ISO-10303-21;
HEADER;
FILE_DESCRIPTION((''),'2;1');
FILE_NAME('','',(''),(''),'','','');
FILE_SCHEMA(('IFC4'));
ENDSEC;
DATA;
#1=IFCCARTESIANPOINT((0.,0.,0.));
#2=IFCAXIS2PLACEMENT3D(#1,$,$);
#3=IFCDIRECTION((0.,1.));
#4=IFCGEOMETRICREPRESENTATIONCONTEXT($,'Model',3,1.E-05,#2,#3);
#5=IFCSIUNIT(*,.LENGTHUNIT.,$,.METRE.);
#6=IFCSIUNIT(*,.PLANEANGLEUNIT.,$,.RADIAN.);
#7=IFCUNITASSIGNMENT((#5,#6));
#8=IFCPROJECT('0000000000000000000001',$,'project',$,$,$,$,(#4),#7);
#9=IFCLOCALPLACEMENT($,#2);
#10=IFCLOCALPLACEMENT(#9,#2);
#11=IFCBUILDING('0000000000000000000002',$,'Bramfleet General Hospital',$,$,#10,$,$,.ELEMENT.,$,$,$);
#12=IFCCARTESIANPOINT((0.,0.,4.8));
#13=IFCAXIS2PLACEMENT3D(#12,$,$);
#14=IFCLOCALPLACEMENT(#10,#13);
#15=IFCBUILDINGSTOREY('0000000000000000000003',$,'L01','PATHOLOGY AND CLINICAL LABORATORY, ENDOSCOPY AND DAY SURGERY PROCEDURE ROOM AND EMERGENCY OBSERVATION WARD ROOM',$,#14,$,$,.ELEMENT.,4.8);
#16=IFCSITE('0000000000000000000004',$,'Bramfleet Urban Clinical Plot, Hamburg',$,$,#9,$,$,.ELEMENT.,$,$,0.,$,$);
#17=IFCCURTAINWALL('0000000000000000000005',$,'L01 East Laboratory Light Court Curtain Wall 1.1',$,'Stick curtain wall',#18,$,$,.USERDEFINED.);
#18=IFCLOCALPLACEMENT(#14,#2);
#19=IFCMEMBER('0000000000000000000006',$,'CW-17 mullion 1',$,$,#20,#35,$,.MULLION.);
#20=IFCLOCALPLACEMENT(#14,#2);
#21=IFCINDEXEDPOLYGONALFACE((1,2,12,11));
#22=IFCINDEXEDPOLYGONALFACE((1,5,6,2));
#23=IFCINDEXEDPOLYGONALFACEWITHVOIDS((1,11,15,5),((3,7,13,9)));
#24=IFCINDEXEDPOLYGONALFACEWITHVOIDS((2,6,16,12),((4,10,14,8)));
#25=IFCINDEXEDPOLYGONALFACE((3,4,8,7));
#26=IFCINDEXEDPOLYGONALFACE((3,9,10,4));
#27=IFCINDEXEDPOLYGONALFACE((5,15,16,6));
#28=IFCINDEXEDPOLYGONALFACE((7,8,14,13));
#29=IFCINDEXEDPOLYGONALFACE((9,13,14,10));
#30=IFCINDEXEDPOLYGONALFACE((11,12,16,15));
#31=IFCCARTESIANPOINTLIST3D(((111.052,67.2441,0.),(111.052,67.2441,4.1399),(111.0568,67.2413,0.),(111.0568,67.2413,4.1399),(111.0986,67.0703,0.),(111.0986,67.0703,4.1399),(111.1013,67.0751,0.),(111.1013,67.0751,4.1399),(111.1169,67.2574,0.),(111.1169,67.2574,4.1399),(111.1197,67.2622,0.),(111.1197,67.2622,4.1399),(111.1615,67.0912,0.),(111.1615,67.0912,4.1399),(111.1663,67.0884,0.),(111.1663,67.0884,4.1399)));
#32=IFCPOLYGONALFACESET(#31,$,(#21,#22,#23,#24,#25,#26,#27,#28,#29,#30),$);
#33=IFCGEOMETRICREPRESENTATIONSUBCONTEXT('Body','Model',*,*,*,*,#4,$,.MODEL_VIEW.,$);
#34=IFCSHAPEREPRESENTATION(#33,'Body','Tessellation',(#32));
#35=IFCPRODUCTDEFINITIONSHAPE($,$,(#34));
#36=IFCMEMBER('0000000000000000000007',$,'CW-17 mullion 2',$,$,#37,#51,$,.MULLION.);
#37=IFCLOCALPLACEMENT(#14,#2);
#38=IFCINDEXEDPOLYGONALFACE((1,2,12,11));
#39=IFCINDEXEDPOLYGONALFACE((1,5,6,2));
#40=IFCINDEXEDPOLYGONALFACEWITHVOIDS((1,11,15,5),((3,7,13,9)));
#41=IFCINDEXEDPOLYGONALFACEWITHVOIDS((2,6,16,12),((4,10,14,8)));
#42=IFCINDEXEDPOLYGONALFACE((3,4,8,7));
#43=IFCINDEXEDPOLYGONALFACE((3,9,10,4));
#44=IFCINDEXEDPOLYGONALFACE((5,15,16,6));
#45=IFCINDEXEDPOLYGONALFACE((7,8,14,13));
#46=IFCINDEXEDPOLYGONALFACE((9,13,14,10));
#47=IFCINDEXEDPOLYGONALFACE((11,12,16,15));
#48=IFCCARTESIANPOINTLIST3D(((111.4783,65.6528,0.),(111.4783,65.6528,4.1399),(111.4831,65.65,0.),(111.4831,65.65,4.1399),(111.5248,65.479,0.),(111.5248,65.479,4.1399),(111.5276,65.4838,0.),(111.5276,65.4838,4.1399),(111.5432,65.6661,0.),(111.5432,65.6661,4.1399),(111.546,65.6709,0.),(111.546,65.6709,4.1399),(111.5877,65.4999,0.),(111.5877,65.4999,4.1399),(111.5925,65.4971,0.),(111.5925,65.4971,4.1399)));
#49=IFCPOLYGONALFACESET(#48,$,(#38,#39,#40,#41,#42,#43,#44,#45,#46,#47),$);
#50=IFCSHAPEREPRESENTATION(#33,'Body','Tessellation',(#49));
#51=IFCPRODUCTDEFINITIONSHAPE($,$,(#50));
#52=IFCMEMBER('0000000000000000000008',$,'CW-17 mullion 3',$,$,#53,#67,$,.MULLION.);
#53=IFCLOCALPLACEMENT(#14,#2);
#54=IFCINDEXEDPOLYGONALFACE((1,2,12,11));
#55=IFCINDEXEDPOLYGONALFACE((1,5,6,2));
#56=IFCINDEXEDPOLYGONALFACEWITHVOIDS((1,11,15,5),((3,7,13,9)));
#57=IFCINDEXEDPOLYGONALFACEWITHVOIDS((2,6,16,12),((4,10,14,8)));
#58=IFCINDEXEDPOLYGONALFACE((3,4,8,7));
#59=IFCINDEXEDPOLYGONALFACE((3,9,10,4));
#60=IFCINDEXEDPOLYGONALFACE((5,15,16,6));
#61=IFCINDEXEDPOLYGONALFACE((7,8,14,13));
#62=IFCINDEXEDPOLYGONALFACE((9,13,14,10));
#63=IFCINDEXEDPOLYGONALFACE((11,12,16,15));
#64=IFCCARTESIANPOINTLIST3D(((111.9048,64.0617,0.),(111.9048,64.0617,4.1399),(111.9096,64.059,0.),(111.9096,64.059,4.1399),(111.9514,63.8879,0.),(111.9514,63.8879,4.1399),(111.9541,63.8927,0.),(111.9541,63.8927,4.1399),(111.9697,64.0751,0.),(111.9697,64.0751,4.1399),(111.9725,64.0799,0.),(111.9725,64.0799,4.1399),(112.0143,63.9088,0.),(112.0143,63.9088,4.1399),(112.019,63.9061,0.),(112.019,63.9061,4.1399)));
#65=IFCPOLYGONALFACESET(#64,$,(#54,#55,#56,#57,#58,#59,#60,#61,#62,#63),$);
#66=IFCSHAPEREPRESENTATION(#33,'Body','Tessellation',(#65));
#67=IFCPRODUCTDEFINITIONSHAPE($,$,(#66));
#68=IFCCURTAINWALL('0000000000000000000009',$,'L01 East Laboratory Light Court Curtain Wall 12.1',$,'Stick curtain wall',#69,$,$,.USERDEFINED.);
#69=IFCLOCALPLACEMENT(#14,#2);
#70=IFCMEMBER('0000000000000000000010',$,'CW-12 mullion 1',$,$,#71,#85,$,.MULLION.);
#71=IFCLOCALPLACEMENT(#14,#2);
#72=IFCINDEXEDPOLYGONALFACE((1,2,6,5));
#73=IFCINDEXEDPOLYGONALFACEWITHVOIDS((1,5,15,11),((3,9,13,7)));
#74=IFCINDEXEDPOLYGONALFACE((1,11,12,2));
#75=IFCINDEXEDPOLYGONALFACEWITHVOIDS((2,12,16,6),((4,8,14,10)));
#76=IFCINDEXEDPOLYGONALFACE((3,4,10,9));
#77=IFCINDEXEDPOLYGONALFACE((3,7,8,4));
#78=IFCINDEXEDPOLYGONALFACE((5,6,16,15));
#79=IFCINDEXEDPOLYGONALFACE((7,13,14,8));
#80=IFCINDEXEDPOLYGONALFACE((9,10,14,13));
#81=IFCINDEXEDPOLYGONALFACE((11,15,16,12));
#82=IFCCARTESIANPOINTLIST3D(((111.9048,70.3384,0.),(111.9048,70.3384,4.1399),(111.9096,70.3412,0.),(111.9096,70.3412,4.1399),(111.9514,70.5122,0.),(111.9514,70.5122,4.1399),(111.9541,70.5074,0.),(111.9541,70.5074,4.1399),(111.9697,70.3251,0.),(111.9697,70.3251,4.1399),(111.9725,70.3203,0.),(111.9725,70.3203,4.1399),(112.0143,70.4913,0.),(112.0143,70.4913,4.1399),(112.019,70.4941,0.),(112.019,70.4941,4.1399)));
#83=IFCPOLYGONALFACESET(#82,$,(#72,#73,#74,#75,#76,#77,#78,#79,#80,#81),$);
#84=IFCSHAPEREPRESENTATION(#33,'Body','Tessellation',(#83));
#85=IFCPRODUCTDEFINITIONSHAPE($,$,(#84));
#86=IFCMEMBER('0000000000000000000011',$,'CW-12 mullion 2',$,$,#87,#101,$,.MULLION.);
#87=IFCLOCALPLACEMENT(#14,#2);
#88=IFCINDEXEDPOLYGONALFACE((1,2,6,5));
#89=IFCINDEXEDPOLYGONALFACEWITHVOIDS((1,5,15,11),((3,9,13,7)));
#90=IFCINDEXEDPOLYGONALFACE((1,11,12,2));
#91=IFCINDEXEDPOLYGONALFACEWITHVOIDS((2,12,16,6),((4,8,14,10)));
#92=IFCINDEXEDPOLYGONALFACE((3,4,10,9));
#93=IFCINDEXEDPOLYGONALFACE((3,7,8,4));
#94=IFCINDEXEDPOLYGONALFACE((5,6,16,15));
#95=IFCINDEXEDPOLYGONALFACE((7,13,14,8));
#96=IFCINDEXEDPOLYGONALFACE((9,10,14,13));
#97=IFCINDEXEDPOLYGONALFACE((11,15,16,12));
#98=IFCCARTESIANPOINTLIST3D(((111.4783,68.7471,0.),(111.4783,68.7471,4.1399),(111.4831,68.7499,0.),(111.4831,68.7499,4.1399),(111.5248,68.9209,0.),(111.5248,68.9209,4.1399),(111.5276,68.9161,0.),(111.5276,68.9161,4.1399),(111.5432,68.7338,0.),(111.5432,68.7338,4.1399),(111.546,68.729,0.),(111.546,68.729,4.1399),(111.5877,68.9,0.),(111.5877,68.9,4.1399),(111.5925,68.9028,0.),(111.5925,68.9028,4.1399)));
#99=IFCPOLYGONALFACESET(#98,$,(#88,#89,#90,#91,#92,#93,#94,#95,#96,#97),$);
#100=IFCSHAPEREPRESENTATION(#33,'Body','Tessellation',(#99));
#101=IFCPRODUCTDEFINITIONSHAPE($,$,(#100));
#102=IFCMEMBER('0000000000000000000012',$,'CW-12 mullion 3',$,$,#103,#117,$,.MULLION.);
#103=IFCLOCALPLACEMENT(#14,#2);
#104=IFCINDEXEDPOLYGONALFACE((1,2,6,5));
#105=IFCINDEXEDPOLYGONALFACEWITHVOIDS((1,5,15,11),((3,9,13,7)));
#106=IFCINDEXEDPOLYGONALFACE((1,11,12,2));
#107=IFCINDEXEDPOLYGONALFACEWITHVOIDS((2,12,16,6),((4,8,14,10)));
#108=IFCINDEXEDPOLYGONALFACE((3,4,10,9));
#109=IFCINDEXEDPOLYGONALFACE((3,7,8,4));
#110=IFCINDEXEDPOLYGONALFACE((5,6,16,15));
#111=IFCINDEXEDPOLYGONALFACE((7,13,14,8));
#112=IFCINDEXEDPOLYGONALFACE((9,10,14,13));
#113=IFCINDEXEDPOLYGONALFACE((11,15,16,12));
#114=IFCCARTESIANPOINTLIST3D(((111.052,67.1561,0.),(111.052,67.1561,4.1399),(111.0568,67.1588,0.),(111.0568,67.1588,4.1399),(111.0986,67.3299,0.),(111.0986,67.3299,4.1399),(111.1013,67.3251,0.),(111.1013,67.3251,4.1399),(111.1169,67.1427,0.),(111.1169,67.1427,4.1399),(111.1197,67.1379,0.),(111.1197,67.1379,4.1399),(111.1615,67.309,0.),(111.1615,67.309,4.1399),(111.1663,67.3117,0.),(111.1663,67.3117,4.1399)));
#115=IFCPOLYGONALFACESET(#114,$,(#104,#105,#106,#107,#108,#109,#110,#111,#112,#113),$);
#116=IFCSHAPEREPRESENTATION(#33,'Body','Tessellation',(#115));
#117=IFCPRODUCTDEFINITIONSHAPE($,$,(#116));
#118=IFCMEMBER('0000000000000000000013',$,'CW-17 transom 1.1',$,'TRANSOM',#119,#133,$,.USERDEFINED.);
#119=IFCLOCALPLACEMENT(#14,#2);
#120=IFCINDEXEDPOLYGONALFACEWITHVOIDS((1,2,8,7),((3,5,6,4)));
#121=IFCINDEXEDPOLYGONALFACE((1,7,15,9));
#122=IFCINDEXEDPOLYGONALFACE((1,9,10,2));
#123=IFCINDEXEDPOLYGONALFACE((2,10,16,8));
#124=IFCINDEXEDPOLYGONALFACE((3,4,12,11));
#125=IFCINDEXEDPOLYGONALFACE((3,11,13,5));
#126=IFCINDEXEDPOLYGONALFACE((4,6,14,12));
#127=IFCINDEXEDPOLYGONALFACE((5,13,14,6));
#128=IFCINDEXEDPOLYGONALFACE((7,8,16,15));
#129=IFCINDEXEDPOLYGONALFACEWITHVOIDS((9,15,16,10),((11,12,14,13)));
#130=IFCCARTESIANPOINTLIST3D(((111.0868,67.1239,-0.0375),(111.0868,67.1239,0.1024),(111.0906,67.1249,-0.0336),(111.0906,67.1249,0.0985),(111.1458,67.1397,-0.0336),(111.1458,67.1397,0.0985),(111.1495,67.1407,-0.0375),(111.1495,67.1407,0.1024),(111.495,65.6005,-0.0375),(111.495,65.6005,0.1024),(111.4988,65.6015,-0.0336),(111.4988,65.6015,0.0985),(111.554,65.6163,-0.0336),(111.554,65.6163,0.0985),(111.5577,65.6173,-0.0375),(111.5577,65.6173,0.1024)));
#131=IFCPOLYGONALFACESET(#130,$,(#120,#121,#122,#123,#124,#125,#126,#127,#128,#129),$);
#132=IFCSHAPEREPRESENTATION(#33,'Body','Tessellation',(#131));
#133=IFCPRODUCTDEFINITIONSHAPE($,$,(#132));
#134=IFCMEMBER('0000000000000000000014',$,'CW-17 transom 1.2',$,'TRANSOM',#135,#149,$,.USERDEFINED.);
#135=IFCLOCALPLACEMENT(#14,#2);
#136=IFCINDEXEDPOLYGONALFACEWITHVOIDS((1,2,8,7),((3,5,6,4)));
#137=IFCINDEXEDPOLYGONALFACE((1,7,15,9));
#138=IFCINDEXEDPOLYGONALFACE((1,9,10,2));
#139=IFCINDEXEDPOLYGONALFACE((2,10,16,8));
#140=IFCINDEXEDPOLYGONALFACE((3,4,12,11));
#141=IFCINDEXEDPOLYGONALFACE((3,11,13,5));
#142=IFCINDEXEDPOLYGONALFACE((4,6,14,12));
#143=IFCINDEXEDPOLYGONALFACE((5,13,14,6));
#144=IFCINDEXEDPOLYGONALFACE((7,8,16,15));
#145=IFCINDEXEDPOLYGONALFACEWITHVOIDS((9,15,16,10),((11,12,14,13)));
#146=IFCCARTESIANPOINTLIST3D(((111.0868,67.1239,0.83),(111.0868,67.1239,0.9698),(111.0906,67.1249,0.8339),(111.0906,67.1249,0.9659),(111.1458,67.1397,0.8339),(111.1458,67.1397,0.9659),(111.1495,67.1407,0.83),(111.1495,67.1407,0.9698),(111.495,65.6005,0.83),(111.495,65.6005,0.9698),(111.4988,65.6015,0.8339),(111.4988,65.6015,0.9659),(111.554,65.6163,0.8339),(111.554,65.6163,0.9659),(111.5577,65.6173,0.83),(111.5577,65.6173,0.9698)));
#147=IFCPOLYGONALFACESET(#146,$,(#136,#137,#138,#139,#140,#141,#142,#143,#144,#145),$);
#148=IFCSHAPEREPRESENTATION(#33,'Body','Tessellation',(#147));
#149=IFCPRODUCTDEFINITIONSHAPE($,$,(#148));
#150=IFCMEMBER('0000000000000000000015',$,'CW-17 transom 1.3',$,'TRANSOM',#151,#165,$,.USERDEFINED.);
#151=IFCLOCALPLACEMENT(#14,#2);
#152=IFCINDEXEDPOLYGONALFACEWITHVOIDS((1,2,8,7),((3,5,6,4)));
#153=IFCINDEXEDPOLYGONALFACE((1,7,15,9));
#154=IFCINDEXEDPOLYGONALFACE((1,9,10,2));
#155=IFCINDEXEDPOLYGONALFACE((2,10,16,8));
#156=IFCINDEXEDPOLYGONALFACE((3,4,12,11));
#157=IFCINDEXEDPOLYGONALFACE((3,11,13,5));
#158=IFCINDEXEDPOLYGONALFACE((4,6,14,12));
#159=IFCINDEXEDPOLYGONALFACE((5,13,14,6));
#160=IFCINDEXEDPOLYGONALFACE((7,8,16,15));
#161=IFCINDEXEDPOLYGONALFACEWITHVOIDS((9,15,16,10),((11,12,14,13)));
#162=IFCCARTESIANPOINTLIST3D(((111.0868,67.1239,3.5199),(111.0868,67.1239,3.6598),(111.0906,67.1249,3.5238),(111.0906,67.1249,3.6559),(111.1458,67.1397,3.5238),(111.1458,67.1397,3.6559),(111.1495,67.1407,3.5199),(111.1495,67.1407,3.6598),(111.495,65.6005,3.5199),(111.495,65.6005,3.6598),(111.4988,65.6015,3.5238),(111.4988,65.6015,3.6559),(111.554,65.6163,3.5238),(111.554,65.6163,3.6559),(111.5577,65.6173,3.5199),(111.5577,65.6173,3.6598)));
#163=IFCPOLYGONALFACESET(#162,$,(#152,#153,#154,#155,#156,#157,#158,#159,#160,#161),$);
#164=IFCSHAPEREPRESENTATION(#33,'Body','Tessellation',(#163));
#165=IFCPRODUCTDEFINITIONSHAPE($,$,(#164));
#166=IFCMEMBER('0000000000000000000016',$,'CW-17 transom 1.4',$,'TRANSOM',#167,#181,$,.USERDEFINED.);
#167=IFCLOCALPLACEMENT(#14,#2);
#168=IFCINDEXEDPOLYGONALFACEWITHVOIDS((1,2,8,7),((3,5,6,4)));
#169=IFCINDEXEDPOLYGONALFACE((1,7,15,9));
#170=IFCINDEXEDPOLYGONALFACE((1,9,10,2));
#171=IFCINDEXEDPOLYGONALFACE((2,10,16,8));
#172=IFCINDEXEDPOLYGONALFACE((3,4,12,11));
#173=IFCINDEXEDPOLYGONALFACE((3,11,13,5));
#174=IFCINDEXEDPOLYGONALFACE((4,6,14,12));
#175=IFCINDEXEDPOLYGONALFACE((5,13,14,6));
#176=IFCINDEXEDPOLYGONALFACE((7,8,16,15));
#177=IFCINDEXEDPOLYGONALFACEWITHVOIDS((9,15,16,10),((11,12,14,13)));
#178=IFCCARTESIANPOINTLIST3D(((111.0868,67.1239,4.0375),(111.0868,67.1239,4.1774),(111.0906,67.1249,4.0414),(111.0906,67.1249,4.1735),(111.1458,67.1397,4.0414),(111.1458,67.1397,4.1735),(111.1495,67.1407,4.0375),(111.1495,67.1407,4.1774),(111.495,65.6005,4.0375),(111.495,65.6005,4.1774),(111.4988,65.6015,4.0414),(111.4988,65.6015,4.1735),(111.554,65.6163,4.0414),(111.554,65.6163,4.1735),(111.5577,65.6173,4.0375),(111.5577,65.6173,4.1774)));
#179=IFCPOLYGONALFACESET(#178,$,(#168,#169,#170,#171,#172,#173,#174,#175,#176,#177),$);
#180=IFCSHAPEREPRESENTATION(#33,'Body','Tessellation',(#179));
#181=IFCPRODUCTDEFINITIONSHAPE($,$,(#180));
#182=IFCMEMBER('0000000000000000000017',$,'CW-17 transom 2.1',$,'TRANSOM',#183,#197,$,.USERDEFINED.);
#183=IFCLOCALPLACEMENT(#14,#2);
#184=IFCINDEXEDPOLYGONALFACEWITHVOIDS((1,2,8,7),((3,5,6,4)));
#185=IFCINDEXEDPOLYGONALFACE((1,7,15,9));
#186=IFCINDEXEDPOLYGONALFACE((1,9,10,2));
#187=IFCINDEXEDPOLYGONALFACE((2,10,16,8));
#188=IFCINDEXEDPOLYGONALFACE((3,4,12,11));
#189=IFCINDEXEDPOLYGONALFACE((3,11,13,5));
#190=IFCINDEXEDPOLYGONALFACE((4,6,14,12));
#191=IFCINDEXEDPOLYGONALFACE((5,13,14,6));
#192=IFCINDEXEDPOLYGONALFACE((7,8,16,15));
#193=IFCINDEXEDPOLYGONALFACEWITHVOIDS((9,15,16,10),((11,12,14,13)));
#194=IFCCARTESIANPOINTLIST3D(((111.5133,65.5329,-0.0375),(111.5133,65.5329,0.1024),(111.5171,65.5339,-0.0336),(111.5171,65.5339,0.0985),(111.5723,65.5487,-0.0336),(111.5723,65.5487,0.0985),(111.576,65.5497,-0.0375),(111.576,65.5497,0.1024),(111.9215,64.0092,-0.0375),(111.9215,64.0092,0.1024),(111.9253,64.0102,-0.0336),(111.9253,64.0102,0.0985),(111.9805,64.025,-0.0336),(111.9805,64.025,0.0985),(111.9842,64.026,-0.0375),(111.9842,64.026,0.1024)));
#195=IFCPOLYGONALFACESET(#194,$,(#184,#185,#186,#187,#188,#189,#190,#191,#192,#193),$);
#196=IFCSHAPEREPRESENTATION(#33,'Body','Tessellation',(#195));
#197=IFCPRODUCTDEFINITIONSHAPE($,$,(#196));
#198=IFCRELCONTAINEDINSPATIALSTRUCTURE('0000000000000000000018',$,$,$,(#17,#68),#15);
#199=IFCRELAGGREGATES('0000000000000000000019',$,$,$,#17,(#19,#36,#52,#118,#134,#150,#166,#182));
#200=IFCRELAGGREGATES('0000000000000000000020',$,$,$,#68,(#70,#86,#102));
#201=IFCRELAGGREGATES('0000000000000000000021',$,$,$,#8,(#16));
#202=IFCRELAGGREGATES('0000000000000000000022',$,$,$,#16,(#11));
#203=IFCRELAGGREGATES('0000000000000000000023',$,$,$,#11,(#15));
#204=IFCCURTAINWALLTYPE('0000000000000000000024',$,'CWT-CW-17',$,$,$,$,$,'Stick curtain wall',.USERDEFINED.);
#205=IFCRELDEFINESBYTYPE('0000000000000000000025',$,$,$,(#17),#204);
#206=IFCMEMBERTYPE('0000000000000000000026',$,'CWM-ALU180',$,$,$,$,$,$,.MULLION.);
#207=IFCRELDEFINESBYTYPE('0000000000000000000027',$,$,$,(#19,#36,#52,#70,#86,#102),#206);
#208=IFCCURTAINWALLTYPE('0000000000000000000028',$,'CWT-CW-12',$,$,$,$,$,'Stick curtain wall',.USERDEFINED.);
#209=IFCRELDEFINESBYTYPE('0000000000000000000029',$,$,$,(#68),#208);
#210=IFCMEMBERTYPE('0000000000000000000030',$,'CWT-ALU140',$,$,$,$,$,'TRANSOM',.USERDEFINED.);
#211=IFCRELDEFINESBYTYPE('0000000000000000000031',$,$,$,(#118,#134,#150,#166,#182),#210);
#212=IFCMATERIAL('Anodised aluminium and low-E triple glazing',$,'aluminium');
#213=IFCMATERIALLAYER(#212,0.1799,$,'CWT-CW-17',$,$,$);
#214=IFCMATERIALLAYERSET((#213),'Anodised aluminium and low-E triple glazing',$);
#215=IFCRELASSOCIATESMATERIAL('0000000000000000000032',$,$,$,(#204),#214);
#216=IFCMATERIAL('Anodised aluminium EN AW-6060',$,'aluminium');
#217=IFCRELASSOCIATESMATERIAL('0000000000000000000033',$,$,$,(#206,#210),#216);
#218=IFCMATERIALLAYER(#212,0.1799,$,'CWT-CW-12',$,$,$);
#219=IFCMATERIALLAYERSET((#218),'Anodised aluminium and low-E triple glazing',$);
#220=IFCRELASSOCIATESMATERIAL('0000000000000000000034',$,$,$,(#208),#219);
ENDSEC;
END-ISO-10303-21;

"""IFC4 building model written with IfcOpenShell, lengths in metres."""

from ifc_helpers import new_model, si_unit, direction, frame, origin, origin_2d, place, context, subcontext, project, spatial, hollow_rectangle, extrude, material, layer, layer_set, material_profile, profile_set, type_object, element, aggregate, save


model = new_model("IFC4")

# Units and contexts
model_context = context("Model", 3, precision=1e-05, world=origin(), true_north=direction((0.0, 1.0)))
body_context = subcontext(model_context, "Body", "Model", "MODEL_VIEW")
ifc_project = project(units=[si_unit("LENGTHUNIT", "METRE"), si_unit("PLANEANGLEUNIT", "RADIAN")], contexts=[model_context])

# Site, building, storey
site_placement = place(None, origin())
site = spatial("IfcSite", under=ifc_project, at=site_placement, Name="Bramfleet Urban Clinical Plot, Hamburg", CompositionType="ELEMENT", RefElevation=0.0)
building_placement = place(site_placement, origin())
building = spatial("IfcBuilding", under=site, at=building_placement, Name="Bramfleet General Hospital", CompositionType="ELEMENT")
storey_placement = place(building_placement, frame((0.0, 0.0, 4.8)))
storey = spatial("IfcBuildingStorey", under=building, at=storey_placement, Name="L01", Description="PATHOLOGY AND CLINICAL LABORATORY, ENDOSCOPY AND DAY SURGERY PROCEDURE ROOM AND EMERGENCY OBSERVATION WARD ROOM", CompositionType="ELEMENT", Elevation=4.8)

# Curtain walls, members
ifc_material_1 = material(Name="Anodised aluminium and low-E triple glazing", Category="aluminium")
ifc_layer_1 = layer(ifc_material_1, 0.1799, Name="CWT-CW-17")
ifc_layer_set_1 = layer_set([ifc_layer_1], Name="Anodised aluminium and low-E triple glazing")
curtain_wall_type_1 = type_object("IfcCurtainWallType", Name="CWT-CW-17", ElementType="Stick curtain wall", PredefinedType="USERDEFINED", material=ifc_layer_set_1)
curtain_wall_1_placement = place(storey_placement, origin())
curtain_wall_1 = element("IfcCurtainWall", 1, at=curtain_wall_1_placement, inside=storey, type_object=curtain_wall_type_1, Name="L01 East Laboratory Light Court Curtain Wall 1.1", ObjectType="Stick curtain wall", PredefinedType="USERDEFINED")
ifc_material_2 = material(Name="Anodised aluminium EN AW-6060", Category="aluminium")
ifc_material_profile_1 = material_profile(ifc_material_2, hollow_rectangle(XDim=0.0701, YDim=0.1799, WallThickness=0.0039, at=origin_2d()), Name="ALU 180x70x4.0")
ifc_profile_set_1 = profile_set([ifc_material_profile_1], Name="Anodised aluminium EN AW-6060")
member_type_1 = type_object("IfcMemberType", Name="CWM-ALU180", PredefinedType="MULLION", material=ifc_profile_set_1)
member_1_placement = place(storey_placement, frame((111.1091, 67.1663, 0.0), z_axis=(0.0, 0.0, 1.0), x_axis=(0.965914, 0.258865, 0.0)))
member_1 = element("IfcMember", 2, at=member_1_placement, type_object=member_type_1, Name="CW-17 mullion 1", PredefinedType="MULLION", context=body_context, shape_type="SweptSolid", body=[
    extrude(hollow_rectangle(XDim=0.0701, YDim=0.1799, WallThickness=0.0039, at=origin_2d()), origin(), (0.0, 0.0, 1.0), 4.1399),
])
member_2_placement = place(storey_placement, frame((111.5354, 65.575, 0.0), z_axis=(0.0, 0.0, 1.0), x_axis=(0.965914, 0.258865, 0.0)))
member_2 = element("IfcMember", 3, at=member_2_placement, type_object=member_type_1, Name="CW-17 mullion 2", PredefinedType="MULLION", context=body_context, shape_type="SweptSolid", body=[
    extrude(hollow_rectangle(XDim=0.0701, YDim=0.1799, WallThickness=0.0039, at=origin_2d()), origin(), (0.0, 0.0, 1.0), 4.1399),
])
member_3_placement = place(storey_placement, frame((111.9619, 63.9839, 0.0), z_axis=(0.0, 0.0, 1.0), x_axis=(0.965914, 0.258865, 0.0)))
member_3 = element("IfcMember", 4, at=member_3_placement, type_object=member_type_1, Name="CW-17 mullion 3", PredefinedType="MULLION", context=body_context, shape_type="SweptSolid", body=[
    extrude(hollow_rectangle(XDim=0.0701, YDim=0.1799, WallThickness=0.0039, at=origin_2d()), origin(), (0.0, 0.0, 1.0), 4.1399),
])
ifc_layer_2 = layer(ifc_material_1, 0.1799, Name="CWT-CW-12")
ifc_layer_set_2 = layer_set([ifc_layer_2], Name="Anodised aluminium and low-E triple glazing")
curtain_wall_type_2 = type_object("IfcCurtainWallType", Name="CWT-CW-12", ElementType="Stick curtain wall", PredefinedType="USERDEFINED", material=ifc_layer_set_2)
curtain_wall_2_placement = place(storey_placement, origin())
curtain_wall_2 = element("IfcCurtainWall", 5, at=curtain_wall_2_placement, inside=storey, type_object=curtain_wall_type_2, Name="L01 East Laboratory Light Court Curtain Wall 12.1", ObjectType="Stick curtain wall", PredefinedType="USERDEFINED")
member_4_placement = place(storey_placement, frame((111.9619, 70.4163, 0.0), z_axis=(0.0, 0.0, 1.0), x_axis=(0.965914, -0.258865, 0.0)))
member_4 = element("IfcMember", 6, at=member_4_placement, type_object=member_type_1, Name="CW-12 mullion 1", PredefinedType="MULLION", context=body_context, shape_type="SweptSolid", body=[
    extrude(hollow_rectangle(XDim=0.0701, YDim=0.1799, WallThickness=0.0039, at=origin_2d()), origin(), (0.0, 0.0, 1.0), 4.1399),
])
member_5_placement = place(storey_placement, frame((111.5354, 68.825, 0.0), z_axis=(0.0, 0.0, 1.0), x_axis=(0.965914, -0.258865, 0.0)))
member_5 = element("IfcMember", 7, at=member_5_placement, type_object=member_type_1, Name="CW-12 mullion 2", PredefinedType="MULLION", context=body_context, shape_type="SweptSolid", body=[
    extrude(hollow_rectangle(XDim=0.0701, YDim=0.1799, WallThickness=0.0039, at=origin_2d()), origin(), (0.0, 0.0, 1.0), 4.1399),
])
member_6_placement = place(storey_placement, frame((111.1091, 67.2339, 0.0), z_axis=(0.0, 0.0, 1.0), x_axis=(0.965914, -0.258865, 0.0)))
member_6 = element("IfcMember", 8, at=member_6_placement, type_object=member_type_1, Name="CW-12 mullion 3", PredefinedType="MULLION", context=body_context, shape_type="SweptSolid", body=[
    extrude(hollow_rectangle(XDim=0.0701, YDim=0.1799, WallThickness=0.0039, at=origin_2d()), origin(), (0.0, 0.0, 1.0), 4.1399),
])

# Members
ifc_material_profile_2 = material_profile(ifc_material_2, hollow_rectangle(XDim=0.0649, YDim=0.1399, WallThickness=0.0039, at=origin_2d()), Name="ALU 140x65x4.0")
ifc_profile_set_2 = profile_set([ifc_material_profile_2], Name="Anodised aluminium EN AW-6060")
member_type_2 = type_object("IfcMemberType", Name="CWT-ALU140", ElementType="TRANSOM", PredefinedType="USERDEFINED", material=ifc_profile_set_2)
member_7_placement = place(storey_placement, frame((111.1182, 67.1323, 0.0325), z_axis=(0.258819, -0.965926, 0.0), x_axis=(0.965926, 0.258819, 0.0)))
member_7 = element("IfcMember", 9, at=member_7_placement, type_object=member_type_2, Name="CW-17 transom 1.1", ObjectType="TRANSOM", PredefinedType="USERDEFINED", context=body_context, shape_type="SweptSolid", body=[
    extrude(hollow_rectangle(XDim=0.0649, YDim=0.1399, WallThickness=0.0039, at=origin_2d()), origin(), (0.0, 0.0, 1.0), 1.5771),
])
member_8_placement = place(storey_placement, frame((111.1182, 67.1323, 0.8999), z_axis=(0.258819, -0.965926, 0.0), x_axis=(0.965926, 0.258819, 0.0)))
member_8 = element("IfcMember", 10, at=member_8_placement, type_object=member_type_2, Name="CW-17 transom 1.2", ObjectType="TRANSOM", PredefinedType="USERDEFINED", context=body_context, shape_type="SweptSolid", body=[
    extrude(hollow_rectangle(XDim=0.0649, YDim=0.1399, WallThickness=0.0039, at=origin_2d()), origin(), (0.0, 0.0, 1.0), 1.5771),
])
member_9_placement = place(storey_placement, frame((111.1182, 67.1323, 3.5898), z_axis=(0.258819, -0.965926, 0.0), x_axis=(0.965926, 0.258819, 0.0)))
member_9 = element("IfcMember", 11, at=member_9_placement, type_object=member_type_2, Name="CW-17 transom 1.3", ObjectType="TRANSOM", PredefinedType="USERDEFINED", context=body_context, shape_type="SweptSolid", body=[
    extrude(hollow_rectangle(XDim=0.0649, YDim=0.1399, WallThickness=0.0039, at=origin_2d()), origin(), (0.0, 0.0, 1.0), 1.5771),
])
member_10_placement = place(storey_placement, frame((111.1182, 67.1323, 4.1074), z_axis=(0.258819, -0.965926, 0.0), x_axis=(0.965926, 0.258819, 0.0)))
member_10 = element("IfcMember", 12, at=member_10_placement, type_object=member_type_2, Name="CW-17 transom 1.4", ObjectType="TRANSOM", PredefinedType="USERDEFINED", context=body_context, shape_type="SweptSolid", body=[
    extrude(hollow_rectangle(XDim=0.0649, YDim=0.1399, WallThickness=0.0039, at=origin_2d()), origin(), (0.0, 0.0, 1.0), 1.5771),
])
member_11_placement = place(storey_placement, frame((111.5447, 65.5413, 0.0325), z_axis=(0.25878, -0.965936, 0.0), x_axis=(0.965936, 0.25878, 0.0)))
member_11 = element("IfcMember", 13, at=member_11_placement, type_object=member_type_2, Name="CW-17 transom 2.1", ObjectType="TRANSOM", PredefinedType="USERDEFINED", context=body_context, shape_type="SweptSolid", body=[
    extrude(hollow_rectangle(XDim=0.0649, YDim=0.1399, WallThickness=0.0039, at=origin_2d()), origin(), (0.0, 0.0, 1.0), 1.5774),
])

aggregate(curtain_wall_1, [member_1, member_2, member_3, member_7, member_8, member_9, member_10, member_11])
aggregate(curtain_wall_2, [member_4, member_5, member_6])

save(model, "model.ifc")
